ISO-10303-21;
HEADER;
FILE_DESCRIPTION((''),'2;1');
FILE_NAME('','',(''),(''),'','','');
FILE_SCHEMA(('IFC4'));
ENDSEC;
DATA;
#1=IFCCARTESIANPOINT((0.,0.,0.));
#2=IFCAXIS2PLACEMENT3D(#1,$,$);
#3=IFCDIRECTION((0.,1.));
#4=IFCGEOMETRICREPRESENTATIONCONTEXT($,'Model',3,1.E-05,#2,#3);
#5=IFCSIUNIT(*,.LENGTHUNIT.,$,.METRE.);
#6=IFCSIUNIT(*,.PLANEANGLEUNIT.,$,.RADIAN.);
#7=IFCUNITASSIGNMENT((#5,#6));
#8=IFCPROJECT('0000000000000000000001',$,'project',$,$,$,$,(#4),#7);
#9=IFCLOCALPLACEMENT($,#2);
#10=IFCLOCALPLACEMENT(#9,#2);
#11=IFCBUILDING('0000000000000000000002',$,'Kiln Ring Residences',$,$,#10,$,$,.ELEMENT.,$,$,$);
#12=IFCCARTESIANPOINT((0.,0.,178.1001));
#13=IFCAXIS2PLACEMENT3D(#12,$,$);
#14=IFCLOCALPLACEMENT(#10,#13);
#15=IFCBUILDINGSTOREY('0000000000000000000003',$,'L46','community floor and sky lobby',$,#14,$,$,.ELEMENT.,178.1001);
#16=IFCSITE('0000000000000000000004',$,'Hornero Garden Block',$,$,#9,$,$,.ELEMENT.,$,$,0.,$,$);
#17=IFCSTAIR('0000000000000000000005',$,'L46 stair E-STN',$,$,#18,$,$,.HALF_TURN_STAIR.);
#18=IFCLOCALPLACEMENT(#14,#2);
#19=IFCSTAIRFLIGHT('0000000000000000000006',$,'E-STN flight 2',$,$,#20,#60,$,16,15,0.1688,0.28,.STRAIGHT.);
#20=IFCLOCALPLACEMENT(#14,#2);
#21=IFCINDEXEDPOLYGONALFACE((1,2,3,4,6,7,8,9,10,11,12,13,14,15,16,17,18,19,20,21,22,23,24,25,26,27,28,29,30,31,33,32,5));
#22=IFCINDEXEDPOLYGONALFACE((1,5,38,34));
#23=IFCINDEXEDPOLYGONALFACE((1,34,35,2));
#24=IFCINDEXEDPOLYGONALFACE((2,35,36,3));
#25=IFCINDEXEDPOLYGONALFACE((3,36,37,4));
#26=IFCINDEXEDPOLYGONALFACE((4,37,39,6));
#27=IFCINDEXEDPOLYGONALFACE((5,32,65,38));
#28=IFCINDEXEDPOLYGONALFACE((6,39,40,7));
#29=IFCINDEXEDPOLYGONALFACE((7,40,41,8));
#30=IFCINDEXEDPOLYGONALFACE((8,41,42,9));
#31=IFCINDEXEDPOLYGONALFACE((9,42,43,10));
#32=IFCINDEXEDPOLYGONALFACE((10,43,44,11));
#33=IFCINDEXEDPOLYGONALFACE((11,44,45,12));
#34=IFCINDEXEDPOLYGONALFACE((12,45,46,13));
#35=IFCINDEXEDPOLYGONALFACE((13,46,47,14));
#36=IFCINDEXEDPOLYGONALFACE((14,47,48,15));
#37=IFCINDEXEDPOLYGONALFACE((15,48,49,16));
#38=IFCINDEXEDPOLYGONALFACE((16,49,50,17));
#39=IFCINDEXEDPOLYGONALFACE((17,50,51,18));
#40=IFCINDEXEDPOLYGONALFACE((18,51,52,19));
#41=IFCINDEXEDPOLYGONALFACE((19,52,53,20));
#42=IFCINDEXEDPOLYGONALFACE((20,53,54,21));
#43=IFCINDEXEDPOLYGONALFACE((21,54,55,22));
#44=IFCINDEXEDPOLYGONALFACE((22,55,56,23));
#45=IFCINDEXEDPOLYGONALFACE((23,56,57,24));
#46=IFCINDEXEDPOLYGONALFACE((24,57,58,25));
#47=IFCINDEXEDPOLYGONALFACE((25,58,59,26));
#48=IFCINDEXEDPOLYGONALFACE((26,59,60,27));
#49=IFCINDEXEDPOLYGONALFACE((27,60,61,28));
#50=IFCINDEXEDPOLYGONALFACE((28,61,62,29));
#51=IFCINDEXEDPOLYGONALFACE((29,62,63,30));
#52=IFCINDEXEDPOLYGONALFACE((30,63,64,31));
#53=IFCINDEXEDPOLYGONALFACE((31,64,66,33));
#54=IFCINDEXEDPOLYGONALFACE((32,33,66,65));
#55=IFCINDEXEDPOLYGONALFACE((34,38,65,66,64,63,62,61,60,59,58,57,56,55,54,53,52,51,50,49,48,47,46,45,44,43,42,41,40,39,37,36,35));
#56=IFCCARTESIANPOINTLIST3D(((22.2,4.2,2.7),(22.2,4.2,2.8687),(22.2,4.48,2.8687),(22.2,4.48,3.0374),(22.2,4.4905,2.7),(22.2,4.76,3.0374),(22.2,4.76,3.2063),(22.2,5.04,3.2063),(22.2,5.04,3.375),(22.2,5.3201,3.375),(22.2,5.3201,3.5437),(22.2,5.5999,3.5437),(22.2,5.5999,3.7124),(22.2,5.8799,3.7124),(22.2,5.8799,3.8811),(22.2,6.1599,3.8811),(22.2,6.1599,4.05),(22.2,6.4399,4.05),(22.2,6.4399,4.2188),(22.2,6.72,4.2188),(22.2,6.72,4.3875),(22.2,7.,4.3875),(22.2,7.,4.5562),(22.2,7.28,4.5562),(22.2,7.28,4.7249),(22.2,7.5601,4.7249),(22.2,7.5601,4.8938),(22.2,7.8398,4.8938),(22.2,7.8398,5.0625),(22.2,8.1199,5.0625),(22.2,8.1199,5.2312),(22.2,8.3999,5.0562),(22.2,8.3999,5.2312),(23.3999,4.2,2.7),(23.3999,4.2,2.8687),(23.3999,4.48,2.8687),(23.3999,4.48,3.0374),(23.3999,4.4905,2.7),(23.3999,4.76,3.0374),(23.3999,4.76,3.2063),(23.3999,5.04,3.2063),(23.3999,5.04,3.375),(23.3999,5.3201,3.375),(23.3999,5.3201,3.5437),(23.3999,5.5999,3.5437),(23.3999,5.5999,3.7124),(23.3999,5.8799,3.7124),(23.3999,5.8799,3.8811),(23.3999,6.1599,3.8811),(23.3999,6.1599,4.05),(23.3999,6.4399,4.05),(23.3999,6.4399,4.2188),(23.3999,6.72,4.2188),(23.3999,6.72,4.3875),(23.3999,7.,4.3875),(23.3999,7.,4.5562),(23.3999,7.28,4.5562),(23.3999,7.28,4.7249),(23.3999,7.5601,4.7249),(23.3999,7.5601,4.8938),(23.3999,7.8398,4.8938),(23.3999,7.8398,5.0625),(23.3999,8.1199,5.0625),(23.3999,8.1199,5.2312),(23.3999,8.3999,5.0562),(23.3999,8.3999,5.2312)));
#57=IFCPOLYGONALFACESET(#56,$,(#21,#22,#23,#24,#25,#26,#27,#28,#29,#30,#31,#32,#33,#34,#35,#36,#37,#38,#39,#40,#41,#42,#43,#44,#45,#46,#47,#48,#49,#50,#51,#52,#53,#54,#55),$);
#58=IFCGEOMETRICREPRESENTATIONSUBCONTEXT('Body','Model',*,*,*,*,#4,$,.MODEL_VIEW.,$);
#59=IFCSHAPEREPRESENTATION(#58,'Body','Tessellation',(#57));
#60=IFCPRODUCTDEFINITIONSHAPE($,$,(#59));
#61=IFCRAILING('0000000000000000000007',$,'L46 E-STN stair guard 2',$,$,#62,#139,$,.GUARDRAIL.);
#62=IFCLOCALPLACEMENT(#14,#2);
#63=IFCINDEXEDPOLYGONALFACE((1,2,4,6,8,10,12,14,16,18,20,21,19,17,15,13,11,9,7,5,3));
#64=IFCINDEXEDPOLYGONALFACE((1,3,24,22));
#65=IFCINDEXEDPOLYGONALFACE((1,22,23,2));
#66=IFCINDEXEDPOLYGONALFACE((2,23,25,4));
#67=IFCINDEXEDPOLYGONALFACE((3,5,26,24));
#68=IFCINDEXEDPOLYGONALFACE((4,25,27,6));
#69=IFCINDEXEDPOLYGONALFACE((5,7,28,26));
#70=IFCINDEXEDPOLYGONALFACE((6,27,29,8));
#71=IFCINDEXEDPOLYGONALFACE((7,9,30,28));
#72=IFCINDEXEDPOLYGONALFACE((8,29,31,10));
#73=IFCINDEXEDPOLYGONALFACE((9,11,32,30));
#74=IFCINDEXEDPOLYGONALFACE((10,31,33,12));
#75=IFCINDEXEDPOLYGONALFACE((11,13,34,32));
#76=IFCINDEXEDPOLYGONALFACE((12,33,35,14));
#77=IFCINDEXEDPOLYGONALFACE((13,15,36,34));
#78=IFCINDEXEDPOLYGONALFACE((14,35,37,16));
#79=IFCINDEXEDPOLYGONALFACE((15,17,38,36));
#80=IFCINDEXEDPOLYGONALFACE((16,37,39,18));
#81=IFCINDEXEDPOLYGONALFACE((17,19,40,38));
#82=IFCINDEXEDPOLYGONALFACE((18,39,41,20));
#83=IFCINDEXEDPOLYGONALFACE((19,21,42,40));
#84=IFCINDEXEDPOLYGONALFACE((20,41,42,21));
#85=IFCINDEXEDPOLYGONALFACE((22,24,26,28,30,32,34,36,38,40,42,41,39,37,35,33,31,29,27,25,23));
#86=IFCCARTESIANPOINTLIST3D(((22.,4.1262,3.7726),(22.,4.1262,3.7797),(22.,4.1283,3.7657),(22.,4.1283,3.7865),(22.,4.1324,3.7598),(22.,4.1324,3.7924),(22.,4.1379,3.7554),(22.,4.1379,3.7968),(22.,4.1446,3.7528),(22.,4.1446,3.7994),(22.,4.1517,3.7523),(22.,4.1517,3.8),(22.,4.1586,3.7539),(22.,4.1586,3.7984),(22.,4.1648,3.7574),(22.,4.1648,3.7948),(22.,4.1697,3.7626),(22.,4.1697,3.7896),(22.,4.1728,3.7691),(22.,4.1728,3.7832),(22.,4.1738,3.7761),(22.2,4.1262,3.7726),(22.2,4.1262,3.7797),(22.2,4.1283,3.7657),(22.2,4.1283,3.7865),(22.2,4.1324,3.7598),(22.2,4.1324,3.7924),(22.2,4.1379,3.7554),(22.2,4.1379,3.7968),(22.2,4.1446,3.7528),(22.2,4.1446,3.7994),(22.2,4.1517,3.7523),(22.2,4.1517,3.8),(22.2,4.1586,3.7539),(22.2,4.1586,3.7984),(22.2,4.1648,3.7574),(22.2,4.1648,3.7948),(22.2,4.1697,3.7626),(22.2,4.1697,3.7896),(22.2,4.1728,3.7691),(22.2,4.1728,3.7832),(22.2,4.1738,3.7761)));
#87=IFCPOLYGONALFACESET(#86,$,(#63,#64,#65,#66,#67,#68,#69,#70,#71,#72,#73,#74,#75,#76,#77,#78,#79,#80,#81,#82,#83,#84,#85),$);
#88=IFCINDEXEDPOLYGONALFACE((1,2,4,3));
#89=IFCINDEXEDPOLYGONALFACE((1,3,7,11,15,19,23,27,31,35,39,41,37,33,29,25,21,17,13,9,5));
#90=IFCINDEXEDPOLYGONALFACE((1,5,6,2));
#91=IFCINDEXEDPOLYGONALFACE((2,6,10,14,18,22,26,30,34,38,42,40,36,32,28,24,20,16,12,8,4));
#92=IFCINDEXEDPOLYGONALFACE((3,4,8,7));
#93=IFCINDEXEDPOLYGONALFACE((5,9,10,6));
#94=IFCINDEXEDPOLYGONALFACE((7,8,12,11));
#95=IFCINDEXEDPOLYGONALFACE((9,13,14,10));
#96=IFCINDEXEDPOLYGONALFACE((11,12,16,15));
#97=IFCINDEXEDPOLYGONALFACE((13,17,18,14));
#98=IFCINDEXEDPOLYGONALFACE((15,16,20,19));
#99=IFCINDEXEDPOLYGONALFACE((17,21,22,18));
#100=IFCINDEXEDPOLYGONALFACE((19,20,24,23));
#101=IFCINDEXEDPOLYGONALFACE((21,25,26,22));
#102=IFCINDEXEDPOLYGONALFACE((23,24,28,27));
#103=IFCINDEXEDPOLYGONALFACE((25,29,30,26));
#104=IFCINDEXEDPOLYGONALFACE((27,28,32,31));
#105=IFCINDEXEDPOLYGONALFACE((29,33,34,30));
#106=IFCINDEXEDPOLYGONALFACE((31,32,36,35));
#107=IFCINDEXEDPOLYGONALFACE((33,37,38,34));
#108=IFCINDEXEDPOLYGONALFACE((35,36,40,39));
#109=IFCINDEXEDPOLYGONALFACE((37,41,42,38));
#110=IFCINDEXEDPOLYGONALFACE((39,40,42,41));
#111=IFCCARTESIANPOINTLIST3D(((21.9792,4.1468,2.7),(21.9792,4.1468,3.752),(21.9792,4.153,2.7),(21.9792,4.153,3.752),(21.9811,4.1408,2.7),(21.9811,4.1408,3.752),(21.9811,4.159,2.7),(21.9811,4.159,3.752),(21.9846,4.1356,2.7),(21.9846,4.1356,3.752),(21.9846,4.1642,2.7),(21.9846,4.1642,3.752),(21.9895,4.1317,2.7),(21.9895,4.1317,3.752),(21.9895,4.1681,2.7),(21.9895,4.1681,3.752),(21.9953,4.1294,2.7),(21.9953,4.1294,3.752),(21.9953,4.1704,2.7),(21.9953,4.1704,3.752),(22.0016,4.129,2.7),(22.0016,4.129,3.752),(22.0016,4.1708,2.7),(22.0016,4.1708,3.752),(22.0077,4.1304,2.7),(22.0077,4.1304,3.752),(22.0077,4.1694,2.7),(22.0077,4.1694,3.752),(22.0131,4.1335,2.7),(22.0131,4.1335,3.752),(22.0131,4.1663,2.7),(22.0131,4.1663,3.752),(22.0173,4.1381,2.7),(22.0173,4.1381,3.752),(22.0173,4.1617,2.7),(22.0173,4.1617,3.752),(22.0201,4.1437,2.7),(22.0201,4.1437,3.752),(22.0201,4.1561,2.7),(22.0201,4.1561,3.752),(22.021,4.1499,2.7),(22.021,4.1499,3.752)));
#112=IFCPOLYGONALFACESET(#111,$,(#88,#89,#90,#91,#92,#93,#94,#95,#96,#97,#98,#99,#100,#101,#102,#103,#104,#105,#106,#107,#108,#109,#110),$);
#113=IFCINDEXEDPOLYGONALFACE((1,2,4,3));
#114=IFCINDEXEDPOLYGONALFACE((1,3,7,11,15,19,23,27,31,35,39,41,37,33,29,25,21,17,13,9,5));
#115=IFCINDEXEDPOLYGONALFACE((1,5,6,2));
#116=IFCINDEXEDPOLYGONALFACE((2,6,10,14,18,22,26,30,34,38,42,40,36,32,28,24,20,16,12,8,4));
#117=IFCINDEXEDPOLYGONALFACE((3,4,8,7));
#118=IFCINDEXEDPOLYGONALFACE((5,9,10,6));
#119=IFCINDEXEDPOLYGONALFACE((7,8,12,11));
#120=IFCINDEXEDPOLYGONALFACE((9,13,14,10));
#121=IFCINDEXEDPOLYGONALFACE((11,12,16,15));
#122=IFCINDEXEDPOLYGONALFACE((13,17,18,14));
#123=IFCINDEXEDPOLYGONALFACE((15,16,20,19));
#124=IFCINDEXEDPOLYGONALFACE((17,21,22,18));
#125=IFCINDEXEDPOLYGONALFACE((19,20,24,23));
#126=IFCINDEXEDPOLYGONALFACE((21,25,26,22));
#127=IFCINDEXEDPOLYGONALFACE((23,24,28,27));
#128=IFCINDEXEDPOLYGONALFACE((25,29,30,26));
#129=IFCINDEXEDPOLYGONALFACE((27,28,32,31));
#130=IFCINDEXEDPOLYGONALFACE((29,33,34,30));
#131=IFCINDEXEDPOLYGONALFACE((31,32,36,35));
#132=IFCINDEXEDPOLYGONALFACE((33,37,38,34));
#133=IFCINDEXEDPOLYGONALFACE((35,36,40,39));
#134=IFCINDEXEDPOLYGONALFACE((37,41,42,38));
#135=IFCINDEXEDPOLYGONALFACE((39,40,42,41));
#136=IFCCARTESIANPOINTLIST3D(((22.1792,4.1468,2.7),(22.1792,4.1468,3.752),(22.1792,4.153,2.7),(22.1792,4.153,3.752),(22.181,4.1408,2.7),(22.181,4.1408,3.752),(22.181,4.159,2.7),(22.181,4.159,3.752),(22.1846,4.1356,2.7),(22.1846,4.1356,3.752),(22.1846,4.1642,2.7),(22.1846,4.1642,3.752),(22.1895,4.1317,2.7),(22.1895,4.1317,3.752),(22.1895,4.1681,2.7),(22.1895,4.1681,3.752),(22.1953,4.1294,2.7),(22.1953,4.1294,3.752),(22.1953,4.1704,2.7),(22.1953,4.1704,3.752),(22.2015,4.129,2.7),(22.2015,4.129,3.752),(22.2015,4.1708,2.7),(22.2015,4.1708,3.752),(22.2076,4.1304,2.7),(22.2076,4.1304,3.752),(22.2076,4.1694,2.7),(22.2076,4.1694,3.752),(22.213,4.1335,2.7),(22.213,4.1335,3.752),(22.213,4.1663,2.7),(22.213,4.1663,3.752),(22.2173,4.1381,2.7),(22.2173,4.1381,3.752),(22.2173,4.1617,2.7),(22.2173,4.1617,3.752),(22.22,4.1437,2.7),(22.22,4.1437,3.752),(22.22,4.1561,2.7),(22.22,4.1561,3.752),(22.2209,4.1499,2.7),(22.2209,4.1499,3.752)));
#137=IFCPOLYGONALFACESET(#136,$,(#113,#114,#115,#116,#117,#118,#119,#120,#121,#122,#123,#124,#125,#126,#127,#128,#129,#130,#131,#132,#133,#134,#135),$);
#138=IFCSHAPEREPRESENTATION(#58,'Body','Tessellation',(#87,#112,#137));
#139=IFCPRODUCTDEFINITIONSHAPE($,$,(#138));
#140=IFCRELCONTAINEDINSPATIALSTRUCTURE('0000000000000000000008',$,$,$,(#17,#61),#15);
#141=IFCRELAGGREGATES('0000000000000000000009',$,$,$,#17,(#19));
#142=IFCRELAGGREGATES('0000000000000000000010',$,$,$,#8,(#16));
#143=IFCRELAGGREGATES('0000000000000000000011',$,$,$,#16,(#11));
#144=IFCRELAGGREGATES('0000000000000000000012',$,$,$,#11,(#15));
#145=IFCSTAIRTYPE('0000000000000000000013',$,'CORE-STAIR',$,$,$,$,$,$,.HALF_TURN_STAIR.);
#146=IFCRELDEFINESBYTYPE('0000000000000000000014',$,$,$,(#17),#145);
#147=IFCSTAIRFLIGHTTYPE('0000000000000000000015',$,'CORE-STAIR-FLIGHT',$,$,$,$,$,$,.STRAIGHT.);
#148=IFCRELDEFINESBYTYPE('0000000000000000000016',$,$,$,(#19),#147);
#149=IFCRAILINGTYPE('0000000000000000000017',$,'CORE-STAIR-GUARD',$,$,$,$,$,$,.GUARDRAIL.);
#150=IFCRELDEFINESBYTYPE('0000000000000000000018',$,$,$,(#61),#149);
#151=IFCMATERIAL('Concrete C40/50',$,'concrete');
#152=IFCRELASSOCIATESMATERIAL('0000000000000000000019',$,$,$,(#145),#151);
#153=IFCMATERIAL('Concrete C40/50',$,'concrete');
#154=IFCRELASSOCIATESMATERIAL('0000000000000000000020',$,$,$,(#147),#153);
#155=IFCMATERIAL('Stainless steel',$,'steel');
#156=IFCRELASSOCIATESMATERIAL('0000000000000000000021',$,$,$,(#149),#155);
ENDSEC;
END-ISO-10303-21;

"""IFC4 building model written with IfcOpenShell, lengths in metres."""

from ifc_helpers import new_model, si_unit, direction, frame, origin, origin_2d, place, context, subcontext, project, spatial, polyline, circle, outline, extrude, material, type_object, element, aggregate, save


model = new_model("IFC4")

# Units and contexts
model_context = context("Model", 3, precision=1e-05, world=origin(), true_north=direction((0.0, 1.0)))
body_context = subcontext(model_context, "Body", "Model", "MODEL_VIEW")
ifc_project = project(units=[si_unit("LENGTHUNIT", "METRE"), si_unit("PLANEANGLEUNIT", "RADIAN")], contexts=[model_context])

# Site, building, storey
site_placement = place(None, origin())
site = spatial("IfcSite", under=ifc_project, at=site_placement, Name="Hornero Garden Block", CompositionType="ELEMENT", RefElevation=0.0)
building_placement = place(site_placement, origin())
building = spatial("IfcBuilding", under=site, at=building_placement, Name="Kiln Ring Residences", CompositionType="ELEMENT")
storey_placement = place(building_placement, frame((0.0, 0.0, 178.1001)))
storey = spatial("IfcBuildingStorey", under=building, at=storey_placement, Name="L46", Description="community floor and sky lobby", CompositionType="ELEMENT", Elevation=178.1001)

# Shared definitions
placement = place(storey_placement, origin())

# Stair, stair flight
ifc_material_1 = material(Name="Concrete C40/50", Category="concrete")
stair_type = type_object("IfcStairType", Name="CORE-STAIR", PredefinedType="HALF_TURN_STAIR", material=ifc_material_1)
stair = element("IfcStair", 1, at=placement, inside=storey, type_object=stair_type, Name="L46 stair E-STN", PredefinedType="HALF_TURN_STAIR")
ifc_material_2 = material(Name="Concrete C40/50", Category="concrete")
stair_flight_type = type_object("IfcStairFlightType", Name="CORE-STAIR-FLIGHT", PredefinedType="STRAIGHT", material=ifc_material_2)
stair_flight_placement = place(storey_placement, frame((22.8, 4.2, 2.7), z_axis=(0.0, 0.0, 1.0), x_axis=(0.0, 1.0, 0.0)))
stair_flight = element("IfcStairFlight", 2, at=stair_flight_placement, type_object=stair_flight_type, Name="E-STN flight 2", NumberOfRisers=16, NumberOfTreads=15, PredefinedType="STRAIGHT", RiserHeight=0.1688, TreadLength=0.28, context=body_context, shape_type="SweptSolid", body=[
    extrude(outline(polyline([(0.0, 0.0), (0.0, 0.1687), (0.28, 0.1687), (0.28, 0.3374), (0.5601, 0.3374), (0.5601, 0.5063), (0.8401, 0.5063), (0.8401, 0.675), (1.1201, 0.675), (1.1201, 0.8438), (1.3999, 0.8438), (1.3999, 1.0125), (1.6799, 1.0125), (1.6799, 1.1812), (1.96, 1.1812), (1.96, 1.3501), (2.24, 1.3501), (2.24, 1.5188), (2.52, 1.5188), (2.52, 1.6875), (2.8, 1.6875), (2.8, 1.8562), (3.0801, 1.8562), (3.0801, 2.0249), (3.3601, 2.0249), (3.3601, 2.1938), (3.6399, 2.1938), (3.6399, 2.3625), (3.9199, 2.3625), (3.9199, 2.5312), (4.2, 2.5312), (4.2, 2.7), (4.2, 2.3562), (0.2905, 0.0), (0.0, 0.0)])), frame((0.0, 0.6001, 0.0), z_axis=(0.0, -1.0, 0.0), x_axis=(1.0, 0.0, 0.0)), (0.0, 0.0, 1.0), 1.2),
])
aggregate(stair, [stair_flight])

# Railing
ifc_material_3 = material(Name="Stainless steel", Category="steel")
railing_type_1 = type_object("IfcRailingType", Name="CORE-STAIR-GUARD", PredefinedType="GUARDRAIL", material=ifc_material_3)
railing_1_placement = place(storey_placement, frame((22.0, 4.1499, 2.7)))
element("IfcRailing", 3, at=railing_1_placement, inside=storey, type_object=railing_type_1, Name="L46 E-STN stair guard 2", PredefinedType="GUARDRAIL", context=body_context, shape_type="SweptSolid", body=[
    extrude(circle(Radius=0.0239, at=origin_2d()), frame((0.0, 0.0, 1.0762), z_axis=(1.0, 0.0, 0.0), x_axis=(0.0, 1.0, 0.0)), (0.0, 0.0, 1.0), 0.2),
    extrude(circle(Radius=0.021, at=origin_2d()), origin(), (0.0, 0.0, 1.0), 1.052),
    extrude(circle(Radius=0.021, at=origin_2d()), frame((0.2, 0.0, 0.0)), (0.0, 0.0, 1.0), 1.052),
])

save(model, "model.ifc")
